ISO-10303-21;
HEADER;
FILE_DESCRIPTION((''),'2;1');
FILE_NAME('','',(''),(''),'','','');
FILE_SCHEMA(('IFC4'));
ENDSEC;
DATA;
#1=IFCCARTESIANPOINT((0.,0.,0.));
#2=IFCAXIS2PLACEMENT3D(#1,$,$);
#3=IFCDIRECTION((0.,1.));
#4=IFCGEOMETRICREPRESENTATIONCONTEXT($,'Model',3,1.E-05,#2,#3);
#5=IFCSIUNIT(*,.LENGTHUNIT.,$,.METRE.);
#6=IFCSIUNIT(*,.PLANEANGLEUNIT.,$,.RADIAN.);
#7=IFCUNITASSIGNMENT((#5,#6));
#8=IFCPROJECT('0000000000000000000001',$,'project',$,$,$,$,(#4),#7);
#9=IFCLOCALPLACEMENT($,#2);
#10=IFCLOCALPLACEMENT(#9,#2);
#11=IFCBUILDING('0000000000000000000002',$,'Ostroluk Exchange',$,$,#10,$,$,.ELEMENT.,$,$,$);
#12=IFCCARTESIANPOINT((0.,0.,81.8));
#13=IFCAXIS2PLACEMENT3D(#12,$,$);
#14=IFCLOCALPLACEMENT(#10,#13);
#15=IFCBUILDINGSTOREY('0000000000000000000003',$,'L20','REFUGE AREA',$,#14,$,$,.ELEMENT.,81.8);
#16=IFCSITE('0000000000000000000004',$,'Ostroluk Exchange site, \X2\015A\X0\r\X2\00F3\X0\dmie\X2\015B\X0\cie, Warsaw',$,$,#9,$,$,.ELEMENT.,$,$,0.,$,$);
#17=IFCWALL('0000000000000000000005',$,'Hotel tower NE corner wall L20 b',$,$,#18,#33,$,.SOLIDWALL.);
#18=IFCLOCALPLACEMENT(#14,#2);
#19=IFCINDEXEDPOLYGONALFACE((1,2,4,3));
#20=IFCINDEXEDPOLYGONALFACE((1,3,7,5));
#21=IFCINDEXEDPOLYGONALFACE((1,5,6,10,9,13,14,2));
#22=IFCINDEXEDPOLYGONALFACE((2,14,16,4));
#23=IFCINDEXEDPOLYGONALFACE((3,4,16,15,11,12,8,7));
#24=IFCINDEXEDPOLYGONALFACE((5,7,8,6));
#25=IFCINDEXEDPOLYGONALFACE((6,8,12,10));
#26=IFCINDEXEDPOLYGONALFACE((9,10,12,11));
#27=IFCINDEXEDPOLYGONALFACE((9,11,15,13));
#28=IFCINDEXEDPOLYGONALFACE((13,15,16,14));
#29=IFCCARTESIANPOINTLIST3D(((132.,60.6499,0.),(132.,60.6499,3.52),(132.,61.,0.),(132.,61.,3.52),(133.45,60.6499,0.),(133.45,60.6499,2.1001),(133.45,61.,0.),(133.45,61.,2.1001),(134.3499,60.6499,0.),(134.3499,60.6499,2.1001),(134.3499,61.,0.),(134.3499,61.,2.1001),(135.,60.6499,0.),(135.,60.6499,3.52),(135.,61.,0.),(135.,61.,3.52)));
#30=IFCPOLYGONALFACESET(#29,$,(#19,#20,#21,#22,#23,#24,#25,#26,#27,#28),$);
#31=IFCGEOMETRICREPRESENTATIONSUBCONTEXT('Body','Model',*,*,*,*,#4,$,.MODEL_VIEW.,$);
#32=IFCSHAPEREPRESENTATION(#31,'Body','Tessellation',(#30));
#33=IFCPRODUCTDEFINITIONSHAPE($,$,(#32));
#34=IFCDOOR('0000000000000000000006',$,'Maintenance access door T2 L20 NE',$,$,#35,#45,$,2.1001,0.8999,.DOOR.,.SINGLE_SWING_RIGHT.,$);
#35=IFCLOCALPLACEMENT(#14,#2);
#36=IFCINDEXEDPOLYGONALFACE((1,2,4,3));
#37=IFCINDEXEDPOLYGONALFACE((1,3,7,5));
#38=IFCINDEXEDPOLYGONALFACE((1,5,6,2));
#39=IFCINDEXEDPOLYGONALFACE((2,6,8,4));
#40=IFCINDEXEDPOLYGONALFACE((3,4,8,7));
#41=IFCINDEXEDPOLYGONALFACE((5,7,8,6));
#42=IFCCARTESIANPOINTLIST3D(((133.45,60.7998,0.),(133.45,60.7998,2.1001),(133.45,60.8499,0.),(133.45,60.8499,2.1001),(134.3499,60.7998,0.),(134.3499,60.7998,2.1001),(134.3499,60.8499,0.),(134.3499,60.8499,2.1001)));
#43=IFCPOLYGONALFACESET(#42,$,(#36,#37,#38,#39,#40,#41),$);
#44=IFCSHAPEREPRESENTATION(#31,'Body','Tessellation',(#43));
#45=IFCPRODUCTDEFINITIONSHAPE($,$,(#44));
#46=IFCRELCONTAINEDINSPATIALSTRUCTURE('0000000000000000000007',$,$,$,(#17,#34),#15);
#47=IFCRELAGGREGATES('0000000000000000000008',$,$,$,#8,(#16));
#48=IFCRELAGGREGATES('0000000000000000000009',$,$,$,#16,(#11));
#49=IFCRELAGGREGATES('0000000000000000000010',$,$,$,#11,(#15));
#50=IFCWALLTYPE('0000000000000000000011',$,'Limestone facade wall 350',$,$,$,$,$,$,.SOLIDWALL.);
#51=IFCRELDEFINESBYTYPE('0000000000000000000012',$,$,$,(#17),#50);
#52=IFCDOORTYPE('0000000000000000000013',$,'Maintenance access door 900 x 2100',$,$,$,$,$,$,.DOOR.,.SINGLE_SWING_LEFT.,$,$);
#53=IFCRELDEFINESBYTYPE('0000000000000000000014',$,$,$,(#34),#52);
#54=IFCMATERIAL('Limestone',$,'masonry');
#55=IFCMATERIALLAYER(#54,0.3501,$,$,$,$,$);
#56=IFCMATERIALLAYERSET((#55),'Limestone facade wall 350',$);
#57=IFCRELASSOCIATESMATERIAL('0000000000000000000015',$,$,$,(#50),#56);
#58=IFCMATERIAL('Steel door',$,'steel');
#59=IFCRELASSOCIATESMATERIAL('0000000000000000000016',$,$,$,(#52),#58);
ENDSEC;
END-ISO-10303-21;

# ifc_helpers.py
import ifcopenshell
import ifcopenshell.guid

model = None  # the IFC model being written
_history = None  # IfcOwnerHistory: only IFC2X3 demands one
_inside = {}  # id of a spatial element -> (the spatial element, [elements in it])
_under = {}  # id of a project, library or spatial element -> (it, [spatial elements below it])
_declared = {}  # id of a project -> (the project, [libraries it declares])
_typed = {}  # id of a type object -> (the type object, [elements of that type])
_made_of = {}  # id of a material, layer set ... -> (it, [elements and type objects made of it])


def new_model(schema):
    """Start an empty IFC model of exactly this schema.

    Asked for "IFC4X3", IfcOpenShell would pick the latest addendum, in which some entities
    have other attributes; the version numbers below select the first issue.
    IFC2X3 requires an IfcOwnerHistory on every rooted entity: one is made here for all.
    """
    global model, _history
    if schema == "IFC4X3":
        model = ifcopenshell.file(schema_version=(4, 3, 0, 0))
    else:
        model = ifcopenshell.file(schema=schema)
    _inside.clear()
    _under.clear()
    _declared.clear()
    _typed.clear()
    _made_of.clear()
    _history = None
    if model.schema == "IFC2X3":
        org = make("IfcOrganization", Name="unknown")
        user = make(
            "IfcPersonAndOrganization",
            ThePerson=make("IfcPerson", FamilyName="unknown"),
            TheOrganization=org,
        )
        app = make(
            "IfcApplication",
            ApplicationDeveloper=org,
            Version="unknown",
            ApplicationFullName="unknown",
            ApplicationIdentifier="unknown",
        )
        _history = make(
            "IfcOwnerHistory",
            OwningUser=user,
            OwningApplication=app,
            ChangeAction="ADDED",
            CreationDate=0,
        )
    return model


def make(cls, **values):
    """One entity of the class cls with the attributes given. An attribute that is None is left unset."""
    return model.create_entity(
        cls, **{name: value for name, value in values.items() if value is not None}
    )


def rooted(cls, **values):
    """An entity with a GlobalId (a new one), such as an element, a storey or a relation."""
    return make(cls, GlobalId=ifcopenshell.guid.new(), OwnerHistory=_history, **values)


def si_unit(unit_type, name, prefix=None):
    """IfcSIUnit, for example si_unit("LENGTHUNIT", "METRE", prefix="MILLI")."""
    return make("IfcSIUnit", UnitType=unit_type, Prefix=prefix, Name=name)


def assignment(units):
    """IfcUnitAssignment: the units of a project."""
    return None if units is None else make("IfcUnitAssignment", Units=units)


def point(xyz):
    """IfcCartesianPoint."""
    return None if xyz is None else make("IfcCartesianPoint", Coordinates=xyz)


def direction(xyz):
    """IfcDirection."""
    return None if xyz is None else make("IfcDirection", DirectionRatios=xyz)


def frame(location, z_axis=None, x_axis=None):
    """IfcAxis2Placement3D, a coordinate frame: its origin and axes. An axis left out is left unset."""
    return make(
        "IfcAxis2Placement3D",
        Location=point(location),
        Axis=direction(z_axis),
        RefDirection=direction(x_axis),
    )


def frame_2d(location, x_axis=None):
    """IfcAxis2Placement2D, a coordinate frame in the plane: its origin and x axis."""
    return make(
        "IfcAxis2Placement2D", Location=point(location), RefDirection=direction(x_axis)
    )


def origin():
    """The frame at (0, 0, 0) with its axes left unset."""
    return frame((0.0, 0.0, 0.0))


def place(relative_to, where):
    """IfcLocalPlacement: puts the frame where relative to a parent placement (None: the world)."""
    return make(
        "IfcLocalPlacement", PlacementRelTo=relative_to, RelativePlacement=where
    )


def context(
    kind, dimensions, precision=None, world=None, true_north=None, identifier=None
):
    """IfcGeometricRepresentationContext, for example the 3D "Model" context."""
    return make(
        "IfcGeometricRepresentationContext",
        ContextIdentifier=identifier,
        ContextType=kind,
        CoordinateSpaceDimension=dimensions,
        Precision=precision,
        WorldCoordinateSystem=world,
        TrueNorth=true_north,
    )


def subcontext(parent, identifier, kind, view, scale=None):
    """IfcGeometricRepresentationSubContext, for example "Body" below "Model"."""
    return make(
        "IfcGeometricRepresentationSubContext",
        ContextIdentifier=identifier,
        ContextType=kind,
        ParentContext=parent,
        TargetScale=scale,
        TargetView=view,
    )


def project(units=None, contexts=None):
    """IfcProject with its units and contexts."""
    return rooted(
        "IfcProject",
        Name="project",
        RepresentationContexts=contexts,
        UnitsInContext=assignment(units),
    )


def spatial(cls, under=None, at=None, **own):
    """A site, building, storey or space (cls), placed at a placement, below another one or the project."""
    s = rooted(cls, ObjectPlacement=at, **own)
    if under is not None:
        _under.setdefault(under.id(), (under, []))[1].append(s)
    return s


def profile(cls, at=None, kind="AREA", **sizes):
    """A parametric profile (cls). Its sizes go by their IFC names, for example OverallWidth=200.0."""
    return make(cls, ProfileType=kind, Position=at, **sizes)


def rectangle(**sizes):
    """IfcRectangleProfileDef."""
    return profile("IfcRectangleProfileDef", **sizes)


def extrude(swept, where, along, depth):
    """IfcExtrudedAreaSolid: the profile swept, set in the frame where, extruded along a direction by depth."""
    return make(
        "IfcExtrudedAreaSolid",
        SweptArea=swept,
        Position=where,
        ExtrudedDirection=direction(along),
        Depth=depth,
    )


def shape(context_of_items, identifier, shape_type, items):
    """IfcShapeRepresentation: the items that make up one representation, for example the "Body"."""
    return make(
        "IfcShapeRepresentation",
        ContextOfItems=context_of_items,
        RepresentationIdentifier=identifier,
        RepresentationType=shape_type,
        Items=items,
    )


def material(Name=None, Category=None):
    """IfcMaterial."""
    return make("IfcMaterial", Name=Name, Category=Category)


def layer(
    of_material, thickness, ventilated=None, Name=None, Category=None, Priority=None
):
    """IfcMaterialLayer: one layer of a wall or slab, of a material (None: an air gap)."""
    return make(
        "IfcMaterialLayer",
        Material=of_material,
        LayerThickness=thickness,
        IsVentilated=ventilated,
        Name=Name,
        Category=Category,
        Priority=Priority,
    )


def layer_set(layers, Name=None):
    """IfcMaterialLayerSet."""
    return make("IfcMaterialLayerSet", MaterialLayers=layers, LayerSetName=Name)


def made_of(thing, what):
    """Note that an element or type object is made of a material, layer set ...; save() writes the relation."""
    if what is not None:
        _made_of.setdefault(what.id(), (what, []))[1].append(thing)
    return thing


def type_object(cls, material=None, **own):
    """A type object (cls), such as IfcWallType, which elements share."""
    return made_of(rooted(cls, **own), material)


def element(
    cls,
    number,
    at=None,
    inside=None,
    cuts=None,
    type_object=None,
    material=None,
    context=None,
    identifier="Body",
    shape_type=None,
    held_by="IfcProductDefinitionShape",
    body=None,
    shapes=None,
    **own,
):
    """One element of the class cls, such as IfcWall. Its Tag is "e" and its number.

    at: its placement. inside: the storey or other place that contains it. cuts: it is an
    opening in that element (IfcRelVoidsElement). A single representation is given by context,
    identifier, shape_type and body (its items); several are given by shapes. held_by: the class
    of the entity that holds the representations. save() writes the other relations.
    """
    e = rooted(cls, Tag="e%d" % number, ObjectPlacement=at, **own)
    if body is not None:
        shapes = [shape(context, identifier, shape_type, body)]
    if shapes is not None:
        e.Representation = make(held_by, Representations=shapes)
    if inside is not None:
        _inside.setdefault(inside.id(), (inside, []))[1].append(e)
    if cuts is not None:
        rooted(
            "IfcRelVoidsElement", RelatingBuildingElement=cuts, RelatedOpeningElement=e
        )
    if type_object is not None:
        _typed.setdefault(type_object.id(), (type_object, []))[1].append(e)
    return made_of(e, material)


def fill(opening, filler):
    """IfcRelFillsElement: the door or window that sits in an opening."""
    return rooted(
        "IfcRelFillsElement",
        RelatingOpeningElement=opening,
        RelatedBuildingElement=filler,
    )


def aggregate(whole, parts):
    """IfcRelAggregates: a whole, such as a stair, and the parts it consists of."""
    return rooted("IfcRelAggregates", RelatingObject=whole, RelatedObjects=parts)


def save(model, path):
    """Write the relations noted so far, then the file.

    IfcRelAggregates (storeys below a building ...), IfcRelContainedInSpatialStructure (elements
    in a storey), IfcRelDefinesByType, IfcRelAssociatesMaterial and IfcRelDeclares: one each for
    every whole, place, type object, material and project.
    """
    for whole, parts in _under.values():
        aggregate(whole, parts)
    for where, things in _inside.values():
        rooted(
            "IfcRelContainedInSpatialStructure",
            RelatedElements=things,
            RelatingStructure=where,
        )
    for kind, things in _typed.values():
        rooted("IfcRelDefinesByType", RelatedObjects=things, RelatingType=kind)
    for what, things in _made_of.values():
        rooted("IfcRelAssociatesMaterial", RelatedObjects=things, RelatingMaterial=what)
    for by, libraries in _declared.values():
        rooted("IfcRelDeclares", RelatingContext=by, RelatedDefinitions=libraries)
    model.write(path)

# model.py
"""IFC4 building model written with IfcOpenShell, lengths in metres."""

from ifc_helpers import new_model, si_unit, direction, frame, frame_2d, origin, place, context, subcontext, project, spatial, rectangle, extrude, material, layer, layer_set, type_object, element, fill, save


model = new_model("IFC4")

# Units and contexts
model_context = context("Model", 3, precision=1e-05, world=origin(), true_north=direction((0.0, 1.0)))
body_context = subcontext(model_context, "Body", "Model", "MODEL_VIEW")
ifc_project = project(units=[si_unit("LENGTHUNIT", "METRE"), si_unit("PLANEANGLEUNIT", "RADIAN")], contexts=[model_context])

# Site, building, storey
site_placement = place(None, origin())
site = spatial("IfcSite", under=ifc_project, at=site_placement, Name="Ostroluk Exchange site, Śródmieście, Warsaw", CompositionType="ELEMENT", RefElevation=0.0)
building_placement = place(site_placement, origin())
building = spatial("IfcBuilding", under=site, at=building_placement, Name="Ostroluk Exchange", CompositionType="ELEMENT")
storey_placement = place(building_placement, frame((0.0, 0.0, 81.8)))
storey = spatial("IfcBuildingStorey", under=building, at=storey_placement, Name="L20", Description="REFUGE AREA", CompositionType="ELEMENT", Elevation=81.8)

# Shared definitions
ifc_material_1 = material(Name="Limestone", Category="masonry")
ifc_layer_1 = layer(ifc_material_1, 0.3501)
ifc_layer_set_1 = layer_set([ifc_layer_1], Name="Limestone facade wall 350")
wall_type = type_object("IfcWallType", Name="Limestone facade wall 350", PredefinedType="SOLIDWALL", material=ifc_layer_set_1)

# Wall, opening, door
wall_1_placement = place(storey_placement, frame((132.0, 60.825, 0.0), z_axis=(0.0, 0.0, 1.0), x_axis=(1.0, 0.0, 0.0)))
wall_1 = element("IfcWall", 1, at=wall_1_placement, inside=storey, type_object=wall_type, Name="Hotel tower NE corner wall L20 b", PredefinedType="SOLIDWALL", context=body_context, shape_type="SweptSolid", body=[
    extrude(rectangle(XDim=3.0, YDim=0.3501, at=frame_2d((1.5, 0.0))), origin(), (0.0, 0.0, 1.0), 3.52),
])
opening_1_placement = place(wall_1_placement, frame((1.45, 0.0, 0.0)))
opening_1 = element("IfcOpeningElement", 2, at=opening_1_placement, cuts=wall_1, PredefinedType="OPENING", context=body_context, shape_type="SweptSolid", body=[
    extrude(rectangle(XDim=0.8999, YDim=2.1001, at=frame_2d((0.45, 1.05))), frame((0.0, 0.1851, 0.0), z_axis=(0.0, -1.0, 0.0), x_axis=(1.0, 0.0, 0.0)), (0.0, 0.0, 1.0), 0.3701),
])
ifc_material_2 = material(Name="Steel door", Category="steel")
door_type = type_object("IfcDoorType", Name="Maintenance access door 900 x 2100", OperationType="SINGLE_SWING_LEFT", PredefinedType="DOOR", material=ifc_material_2)
door_placement = place(opening_1_placement, origin())
door = element("IfcDoor", 3, at=door_placement, inside=storey, type_object=door_type, Name="Maintenance access door T2 L20 NE", OperationType="SINGLE_SWING_RIGHT", OverallHeight=2.1001, OverallWidth=0.8999, PredefinedType="DOOR", context=body_context, shape_type="SweptSolid", body=[
    extrude(rectangle(XDim=0.8999, YDim=2.1001, at=frame_2d((0.45, 1.05))), frame((0.0, 0.0249, 0.0), z_axis=(0.0, -1.0, 0.0), x_axis=(1.0, 0.0, 0.0)), (0.0, 0.0, 1.0), 0.05),
])
fill(opening_1, door)

save(model, "model.ifc")
